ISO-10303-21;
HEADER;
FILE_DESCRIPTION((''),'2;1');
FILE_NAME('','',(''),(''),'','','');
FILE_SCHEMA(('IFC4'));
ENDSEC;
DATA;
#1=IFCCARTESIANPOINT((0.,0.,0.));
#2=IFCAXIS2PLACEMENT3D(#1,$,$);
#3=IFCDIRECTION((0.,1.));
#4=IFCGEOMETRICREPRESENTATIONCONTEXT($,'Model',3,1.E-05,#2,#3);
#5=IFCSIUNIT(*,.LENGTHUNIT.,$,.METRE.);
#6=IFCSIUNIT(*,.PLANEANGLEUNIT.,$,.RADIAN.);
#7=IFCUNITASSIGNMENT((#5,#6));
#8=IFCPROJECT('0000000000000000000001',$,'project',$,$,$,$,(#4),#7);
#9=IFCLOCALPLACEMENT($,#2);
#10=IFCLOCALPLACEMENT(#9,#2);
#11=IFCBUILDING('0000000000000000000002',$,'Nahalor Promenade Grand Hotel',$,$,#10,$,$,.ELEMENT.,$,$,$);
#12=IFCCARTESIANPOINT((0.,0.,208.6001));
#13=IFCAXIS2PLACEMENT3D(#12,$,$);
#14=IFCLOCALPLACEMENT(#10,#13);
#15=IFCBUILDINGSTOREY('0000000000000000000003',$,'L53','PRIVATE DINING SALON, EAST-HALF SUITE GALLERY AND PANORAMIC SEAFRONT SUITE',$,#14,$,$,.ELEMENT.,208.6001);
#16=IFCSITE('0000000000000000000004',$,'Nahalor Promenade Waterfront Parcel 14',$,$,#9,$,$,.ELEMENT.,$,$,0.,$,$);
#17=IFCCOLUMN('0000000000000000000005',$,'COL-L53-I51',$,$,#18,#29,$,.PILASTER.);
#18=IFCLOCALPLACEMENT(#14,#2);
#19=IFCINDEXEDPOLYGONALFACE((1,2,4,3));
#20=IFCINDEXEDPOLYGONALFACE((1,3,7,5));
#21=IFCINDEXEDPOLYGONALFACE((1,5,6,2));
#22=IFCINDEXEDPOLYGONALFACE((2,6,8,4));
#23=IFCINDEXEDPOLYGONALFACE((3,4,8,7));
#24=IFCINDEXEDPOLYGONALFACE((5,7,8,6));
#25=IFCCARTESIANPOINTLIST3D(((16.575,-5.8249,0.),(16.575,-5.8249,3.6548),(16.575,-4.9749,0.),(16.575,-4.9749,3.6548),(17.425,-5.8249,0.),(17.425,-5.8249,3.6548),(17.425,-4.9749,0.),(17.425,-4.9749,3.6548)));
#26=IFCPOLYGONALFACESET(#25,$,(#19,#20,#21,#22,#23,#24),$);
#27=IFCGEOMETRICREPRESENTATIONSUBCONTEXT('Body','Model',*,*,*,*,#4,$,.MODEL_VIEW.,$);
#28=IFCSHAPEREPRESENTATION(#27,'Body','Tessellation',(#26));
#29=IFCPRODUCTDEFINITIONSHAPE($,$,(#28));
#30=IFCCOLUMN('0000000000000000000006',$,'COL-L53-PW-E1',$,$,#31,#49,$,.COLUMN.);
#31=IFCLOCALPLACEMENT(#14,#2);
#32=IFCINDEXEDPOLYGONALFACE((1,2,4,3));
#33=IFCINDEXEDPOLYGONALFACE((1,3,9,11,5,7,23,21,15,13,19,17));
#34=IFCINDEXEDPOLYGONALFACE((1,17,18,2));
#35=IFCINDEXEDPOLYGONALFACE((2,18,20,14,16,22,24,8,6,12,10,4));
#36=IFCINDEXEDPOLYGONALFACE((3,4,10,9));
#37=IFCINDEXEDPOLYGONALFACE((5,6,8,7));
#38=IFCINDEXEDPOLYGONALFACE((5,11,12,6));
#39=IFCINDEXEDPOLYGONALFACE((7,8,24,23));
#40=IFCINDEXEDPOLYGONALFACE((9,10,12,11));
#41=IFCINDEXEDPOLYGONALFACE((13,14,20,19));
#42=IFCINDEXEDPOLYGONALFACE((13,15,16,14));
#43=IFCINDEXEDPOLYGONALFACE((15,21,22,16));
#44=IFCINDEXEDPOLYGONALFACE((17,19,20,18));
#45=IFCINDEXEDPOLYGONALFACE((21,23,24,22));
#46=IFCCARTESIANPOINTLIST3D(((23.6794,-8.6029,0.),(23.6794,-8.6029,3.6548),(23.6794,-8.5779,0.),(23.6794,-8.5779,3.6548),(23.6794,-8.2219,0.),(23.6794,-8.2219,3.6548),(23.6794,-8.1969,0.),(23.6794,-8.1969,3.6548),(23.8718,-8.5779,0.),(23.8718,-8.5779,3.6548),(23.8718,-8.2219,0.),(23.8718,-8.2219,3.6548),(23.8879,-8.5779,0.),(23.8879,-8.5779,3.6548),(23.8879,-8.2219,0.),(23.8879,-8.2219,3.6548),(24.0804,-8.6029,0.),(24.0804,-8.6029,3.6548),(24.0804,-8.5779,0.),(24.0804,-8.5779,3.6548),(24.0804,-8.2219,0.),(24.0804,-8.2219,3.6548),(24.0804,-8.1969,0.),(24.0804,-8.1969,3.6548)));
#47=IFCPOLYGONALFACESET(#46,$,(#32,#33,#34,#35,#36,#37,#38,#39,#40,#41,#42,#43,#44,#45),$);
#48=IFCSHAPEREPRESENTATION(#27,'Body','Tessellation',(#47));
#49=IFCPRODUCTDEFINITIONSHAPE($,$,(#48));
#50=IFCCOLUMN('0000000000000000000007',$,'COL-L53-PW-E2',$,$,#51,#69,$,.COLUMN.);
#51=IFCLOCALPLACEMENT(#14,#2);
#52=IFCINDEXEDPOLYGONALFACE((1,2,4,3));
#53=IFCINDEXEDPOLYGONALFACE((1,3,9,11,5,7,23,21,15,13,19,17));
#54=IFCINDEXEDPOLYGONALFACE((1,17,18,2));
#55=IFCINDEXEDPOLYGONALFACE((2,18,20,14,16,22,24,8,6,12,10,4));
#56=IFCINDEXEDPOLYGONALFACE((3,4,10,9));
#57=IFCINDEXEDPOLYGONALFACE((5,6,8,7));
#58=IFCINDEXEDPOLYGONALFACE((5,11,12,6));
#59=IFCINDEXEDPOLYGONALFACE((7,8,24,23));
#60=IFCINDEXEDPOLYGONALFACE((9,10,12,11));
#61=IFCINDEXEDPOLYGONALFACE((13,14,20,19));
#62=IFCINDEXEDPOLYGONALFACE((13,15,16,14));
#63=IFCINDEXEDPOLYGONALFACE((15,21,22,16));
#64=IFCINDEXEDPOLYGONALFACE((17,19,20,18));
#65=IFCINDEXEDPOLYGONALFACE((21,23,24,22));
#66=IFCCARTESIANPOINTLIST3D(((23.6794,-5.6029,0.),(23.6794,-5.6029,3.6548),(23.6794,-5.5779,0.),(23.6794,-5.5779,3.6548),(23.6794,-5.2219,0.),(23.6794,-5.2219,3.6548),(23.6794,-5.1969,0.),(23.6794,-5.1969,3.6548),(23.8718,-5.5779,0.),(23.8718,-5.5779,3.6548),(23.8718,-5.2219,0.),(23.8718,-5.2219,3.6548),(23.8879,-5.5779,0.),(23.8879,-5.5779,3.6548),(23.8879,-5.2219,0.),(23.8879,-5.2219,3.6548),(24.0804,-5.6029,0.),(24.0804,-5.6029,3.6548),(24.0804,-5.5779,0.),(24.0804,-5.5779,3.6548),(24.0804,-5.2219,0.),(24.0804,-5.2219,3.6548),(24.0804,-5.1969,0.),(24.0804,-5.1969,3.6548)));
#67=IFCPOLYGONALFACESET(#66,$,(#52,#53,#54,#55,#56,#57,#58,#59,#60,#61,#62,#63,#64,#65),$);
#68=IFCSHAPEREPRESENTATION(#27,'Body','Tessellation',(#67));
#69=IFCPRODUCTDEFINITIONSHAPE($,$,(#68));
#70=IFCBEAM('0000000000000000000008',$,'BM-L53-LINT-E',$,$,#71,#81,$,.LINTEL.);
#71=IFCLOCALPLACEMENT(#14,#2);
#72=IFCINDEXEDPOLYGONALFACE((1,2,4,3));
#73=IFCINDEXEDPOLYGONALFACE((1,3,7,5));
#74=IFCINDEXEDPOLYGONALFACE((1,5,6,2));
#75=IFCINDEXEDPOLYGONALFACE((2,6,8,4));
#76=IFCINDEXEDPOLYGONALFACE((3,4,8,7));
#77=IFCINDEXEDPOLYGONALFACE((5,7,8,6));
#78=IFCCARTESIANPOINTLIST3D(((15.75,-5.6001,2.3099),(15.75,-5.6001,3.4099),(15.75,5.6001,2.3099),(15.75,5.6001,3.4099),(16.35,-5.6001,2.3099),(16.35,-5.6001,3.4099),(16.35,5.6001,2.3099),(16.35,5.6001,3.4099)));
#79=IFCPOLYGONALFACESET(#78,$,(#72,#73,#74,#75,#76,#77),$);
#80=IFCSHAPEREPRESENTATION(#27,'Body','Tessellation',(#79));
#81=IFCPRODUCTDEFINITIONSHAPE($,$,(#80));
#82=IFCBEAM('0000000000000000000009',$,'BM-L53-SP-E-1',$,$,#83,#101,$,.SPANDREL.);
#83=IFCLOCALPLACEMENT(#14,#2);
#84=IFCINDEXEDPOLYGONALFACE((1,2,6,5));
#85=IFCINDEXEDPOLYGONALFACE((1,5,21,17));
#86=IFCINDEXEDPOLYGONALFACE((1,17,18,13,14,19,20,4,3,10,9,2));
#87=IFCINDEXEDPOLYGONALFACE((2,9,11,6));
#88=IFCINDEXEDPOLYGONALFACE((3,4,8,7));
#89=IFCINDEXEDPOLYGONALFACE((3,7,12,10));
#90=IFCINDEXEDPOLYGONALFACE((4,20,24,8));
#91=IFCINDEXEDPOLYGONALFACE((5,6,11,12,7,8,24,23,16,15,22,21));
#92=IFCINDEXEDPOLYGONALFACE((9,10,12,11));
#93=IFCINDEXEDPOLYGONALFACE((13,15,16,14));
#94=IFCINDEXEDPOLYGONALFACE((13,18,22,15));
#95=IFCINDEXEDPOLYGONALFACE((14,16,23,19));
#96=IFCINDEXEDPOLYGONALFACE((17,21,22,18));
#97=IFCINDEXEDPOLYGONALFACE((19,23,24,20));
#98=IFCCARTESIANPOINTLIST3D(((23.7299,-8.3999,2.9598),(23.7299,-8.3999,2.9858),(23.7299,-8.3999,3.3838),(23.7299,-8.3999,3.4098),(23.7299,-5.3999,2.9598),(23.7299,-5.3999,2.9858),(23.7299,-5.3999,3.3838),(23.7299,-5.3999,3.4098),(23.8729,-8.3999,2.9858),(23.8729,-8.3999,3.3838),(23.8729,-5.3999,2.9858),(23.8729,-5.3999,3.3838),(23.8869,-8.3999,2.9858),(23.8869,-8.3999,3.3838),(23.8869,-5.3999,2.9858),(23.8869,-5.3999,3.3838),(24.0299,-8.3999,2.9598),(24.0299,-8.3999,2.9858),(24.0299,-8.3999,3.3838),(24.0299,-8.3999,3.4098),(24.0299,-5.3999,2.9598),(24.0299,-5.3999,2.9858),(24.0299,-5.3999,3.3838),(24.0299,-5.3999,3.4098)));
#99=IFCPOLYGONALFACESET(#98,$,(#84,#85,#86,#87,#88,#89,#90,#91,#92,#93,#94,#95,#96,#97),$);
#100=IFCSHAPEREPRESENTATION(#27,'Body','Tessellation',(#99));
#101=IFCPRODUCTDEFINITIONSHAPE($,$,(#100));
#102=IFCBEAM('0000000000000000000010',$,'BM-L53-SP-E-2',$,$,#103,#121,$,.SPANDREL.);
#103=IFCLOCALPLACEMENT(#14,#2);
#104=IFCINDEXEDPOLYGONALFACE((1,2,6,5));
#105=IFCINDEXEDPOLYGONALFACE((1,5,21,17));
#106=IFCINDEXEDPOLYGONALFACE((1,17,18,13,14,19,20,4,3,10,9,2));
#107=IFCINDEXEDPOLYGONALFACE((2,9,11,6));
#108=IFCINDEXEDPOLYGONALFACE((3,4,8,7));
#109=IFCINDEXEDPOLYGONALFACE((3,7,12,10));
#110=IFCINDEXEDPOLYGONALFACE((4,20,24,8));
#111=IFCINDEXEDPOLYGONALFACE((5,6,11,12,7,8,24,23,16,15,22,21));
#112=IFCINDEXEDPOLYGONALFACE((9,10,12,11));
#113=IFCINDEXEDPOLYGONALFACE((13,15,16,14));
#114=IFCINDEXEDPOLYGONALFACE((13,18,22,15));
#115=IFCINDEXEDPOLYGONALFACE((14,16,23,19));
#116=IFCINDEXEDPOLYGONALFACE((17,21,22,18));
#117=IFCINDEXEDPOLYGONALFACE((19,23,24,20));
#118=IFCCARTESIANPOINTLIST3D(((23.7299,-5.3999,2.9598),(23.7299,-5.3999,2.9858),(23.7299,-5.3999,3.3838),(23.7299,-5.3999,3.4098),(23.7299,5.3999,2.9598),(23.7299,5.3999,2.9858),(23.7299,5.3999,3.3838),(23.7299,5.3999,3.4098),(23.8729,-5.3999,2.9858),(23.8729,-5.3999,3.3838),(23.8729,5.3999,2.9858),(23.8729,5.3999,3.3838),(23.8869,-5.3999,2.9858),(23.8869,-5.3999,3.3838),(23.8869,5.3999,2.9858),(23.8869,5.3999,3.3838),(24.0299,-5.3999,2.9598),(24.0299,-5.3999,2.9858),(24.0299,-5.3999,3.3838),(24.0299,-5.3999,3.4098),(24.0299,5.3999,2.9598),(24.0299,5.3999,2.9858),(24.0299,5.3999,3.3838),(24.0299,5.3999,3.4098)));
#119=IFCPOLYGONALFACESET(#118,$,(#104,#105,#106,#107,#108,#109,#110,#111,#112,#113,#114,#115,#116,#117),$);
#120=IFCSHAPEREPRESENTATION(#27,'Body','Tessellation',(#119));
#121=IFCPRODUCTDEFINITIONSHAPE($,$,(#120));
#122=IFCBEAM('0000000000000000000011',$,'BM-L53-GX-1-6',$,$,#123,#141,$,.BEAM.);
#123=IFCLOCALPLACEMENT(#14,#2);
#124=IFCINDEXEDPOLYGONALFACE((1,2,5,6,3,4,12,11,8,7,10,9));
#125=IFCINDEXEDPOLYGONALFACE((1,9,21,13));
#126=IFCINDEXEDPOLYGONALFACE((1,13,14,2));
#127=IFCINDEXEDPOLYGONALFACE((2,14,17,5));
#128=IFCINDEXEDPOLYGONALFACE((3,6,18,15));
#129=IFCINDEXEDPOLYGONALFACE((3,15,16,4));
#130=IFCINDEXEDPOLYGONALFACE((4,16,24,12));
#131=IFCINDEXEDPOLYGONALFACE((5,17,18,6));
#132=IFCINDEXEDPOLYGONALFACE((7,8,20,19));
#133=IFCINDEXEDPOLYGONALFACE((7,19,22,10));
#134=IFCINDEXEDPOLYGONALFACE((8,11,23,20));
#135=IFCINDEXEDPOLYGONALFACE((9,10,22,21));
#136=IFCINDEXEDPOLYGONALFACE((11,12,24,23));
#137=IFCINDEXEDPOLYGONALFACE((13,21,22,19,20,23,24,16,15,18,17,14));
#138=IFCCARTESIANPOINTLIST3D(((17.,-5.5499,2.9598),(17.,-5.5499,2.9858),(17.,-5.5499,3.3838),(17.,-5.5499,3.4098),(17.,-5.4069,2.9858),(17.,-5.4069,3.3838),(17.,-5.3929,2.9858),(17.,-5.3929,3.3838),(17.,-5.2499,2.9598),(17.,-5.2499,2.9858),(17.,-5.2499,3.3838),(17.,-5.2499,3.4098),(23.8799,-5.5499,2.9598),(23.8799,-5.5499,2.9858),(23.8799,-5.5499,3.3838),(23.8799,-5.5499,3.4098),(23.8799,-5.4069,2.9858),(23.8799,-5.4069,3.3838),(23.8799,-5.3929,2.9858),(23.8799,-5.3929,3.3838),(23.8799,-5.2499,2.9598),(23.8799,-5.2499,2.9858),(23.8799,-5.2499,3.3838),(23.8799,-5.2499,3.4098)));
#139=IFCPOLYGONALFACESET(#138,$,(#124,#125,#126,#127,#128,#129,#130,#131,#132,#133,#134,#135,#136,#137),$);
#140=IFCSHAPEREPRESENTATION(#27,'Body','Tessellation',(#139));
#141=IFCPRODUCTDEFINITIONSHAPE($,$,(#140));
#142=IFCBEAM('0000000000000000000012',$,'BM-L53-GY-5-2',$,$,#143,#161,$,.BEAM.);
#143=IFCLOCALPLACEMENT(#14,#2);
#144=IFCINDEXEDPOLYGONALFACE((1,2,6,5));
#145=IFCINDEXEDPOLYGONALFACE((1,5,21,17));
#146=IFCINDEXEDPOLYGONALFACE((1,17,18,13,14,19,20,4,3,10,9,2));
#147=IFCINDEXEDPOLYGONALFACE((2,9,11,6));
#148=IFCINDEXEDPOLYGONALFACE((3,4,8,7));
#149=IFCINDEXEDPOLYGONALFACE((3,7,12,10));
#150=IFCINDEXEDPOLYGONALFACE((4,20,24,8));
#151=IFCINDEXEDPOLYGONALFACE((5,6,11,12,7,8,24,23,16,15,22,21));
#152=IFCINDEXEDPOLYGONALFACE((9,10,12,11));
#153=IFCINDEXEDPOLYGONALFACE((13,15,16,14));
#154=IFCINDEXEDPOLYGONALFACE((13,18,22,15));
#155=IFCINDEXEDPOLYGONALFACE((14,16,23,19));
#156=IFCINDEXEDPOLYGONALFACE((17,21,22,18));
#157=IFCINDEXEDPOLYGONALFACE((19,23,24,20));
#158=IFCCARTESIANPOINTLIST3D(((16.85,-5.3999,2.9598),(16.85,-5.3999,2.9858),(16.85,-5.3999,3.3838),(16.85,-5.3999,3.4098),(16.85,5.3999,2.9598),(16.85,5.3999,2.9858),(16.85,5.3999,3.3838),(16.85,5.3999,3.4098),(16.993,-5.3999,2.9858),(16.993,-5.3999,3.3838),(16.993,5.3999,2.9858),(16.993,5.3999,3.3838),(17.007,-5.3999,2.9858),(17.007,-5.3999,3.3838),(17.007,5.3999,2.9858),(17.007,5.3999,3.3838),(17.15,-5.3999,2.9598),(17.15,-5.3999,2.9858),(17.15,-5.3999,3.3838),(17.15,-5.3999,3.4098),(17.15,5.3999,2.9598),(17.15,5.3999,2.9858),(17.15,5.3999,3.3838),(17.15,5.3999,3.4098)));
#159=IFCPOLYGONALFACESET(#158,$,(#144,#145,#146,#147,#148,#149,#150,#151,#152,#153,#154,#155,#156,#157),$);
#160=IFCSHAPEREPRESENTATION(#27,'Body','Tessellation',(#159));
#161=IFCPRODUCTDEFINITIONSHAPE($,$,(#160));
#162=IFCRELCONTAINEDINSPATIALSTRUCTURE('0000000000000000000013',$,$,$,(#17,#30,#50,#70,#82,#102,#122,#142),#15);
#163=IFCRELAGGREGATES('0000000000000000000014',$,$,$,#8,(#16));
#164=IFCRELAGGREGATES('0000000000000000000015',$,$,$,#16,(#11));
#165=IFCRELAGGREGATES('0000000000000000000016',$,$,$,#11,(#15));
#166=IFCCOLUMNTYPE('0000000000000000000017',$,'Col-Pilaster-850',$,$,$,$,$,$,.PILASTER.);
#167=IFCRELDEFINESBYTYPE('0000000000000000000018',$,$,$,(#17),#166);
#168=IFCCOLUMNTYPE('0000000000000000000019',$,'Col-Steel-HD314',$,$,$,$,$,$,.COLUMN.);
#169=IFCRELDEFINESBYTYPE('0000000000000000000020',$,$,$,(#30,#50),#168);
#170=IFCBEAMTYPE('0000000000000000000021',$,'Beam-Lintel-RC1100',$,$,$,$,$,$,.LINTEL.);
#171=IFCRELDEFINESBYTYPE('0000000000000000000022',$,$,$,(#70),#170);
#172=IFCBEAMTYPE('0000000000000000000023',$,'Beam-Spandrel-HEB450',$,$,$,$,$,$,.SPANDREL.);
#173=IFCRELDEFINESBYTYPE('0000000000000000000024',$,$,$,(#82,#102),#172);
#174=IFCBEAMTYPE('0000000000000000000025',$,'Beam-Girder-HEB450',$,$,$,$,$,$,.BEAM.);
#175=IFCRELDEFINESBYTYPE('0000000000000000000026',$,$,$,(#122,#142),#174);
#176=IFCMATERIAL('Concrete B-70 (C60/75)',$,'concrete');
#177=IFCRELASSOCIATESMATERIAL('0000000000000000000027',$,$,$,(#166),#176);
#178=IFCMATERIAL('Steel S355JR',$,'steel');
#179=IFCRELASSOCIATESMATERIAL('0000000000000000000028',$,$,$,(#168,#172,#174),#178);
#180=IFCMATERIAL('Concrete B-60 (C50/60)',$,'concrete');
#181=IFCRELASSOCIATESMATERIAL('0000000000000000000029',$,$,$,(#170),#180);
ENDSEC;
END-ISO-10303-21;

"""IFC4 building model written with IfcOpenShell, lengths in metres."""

from ifc_helpers import new_model, si_unit, direction, frame, origin, origin_2d, place, context, subcontext, project, spatial, rectangle, i_section, extrude, source, transform, mapped, material, material_profile, profile_set, type_object, element, save


model = new_model("IFC4")

# Units and contexts
model_context = context("Model", 3, precision=1e-05, world=origin(), true_north=direction((0.0, 1.0)))
body_context = subcontext(model_context, "Body", "Model", "MODEL_VIEW")
ifc_project = project(units=[si_unit("LENGTHUNIT", "METRE"), si_unit("PLANEANGLEUNIT", "RADIAN")], contexts=[model_context])

# Site, building, storey
site_placement = place(None, origin())
site = spatial("IfcSite", under=ifc_project, at=site_placement, Name="Nahalor Promenade Waterfront Parcel 14", CompositionType="ELEMENT", RefElevation=0.0)
building_placement = place(site_placement, origin())
building = spatial("IfcBuilding", under=site, at=building_placement, Name="Nahalor Promenade Grand Hotel", CompositionType="ELEMENT")
storey_placement = place(building_placement, frame((0.0, 0.0, 208.6001)))
storey = spatial("IfcBuildingStorey", under=building, at=storey_placement, Name="L53", Description="PRIVATE DINING SALON, EAST-HALF SUITE GALLERY AND PANORAMIC SEAFRONT SUITE", CompositionType="ELEMENT", Elevation=208.6001)

# Columns
ifc_material_1 = material(Name="Concrete B-70 (C60/75)", Category="concrete")
ifc_material_profile_1 = material_profile(ifc_material_1, rectangle(XDim=0.85, YDim=0.85, at=origin_2d()), Name="RC 850x850")
ifc_profile_set_1 = profile_set([ifc_material_profile_1], Name="Concrete B-70 (C60/75)")
column_type_1 = type_object("IfcColumnType", Name="Col-Pilaster-850", PredefinedType="PILASTER", material=ifc_profile_set_1)
shared_shape_1 = source(origin(), body_context, "Body", "SweptSolid", [
    extrude(rectangle(XDim=0.85, YDim=0.85, at=origin_2d()), origin(), (0.0, 0.0, 1.0), 3.6548),
])
column_placement = place(storey_placement, frame((17.0, -5.3999, 0.0), z_axis=(0.0, 0.0, 1.0), x_axis=(1.0, 0.0, 0.0)))
element("IfcColumn", 1, at=column_placement, inside=storey, type_object=column_type_1, Name="COL-L53-I51", PredefinedType="PILASTER", context=body_context, shape_type="MappedRepresentation", body=[
    mapped(shared_shape_1, transform((0.0, 0.0, 0.0), scale=1.0)),
])
ifc_material_2 = material(Name="Steel S355JR", Category="steel")
ifc_material_profile_2 = material_profile(ifc_material_2, i_section(OverallWidth=0.401, OverallDepth=0.406, WebThickness=0.0161, FlangeThickness=0.025, at=origin_2d()), Name="HD 400x314")
ifc_profile_set_2 = profile_set([ifc_material_profile_2], Name="Steel S355JR")
column_type_2 = type_object("IfcColumnType", Name="Col-Steel-HD314", PredefinedType="COLUMN", material=ifc_profile_set_2)
shared_shape_2 = source(origin(), body_context, "Body", "SweptSolid", [
    extrude(i_section(OverallWidth=0.401, OverallDepth=0.406, WebThickness=0.0161, FlangeThickness=0.025, at=origin_2d()), origin(), (0.0, 0.0, 1.0), 3.6548),
])
for number, where, z_axis, x_axis, name in (
    (2, (23.8799, -8.3999, 0.0), (0.0, 0.0, 1.0), (1.0, 0.0, 0.0), "COL-L53-PW-E1"),
    (3, (23.8799, -5.3999, 0.0), (0.0, 0.0, 1.0), (1.0, 0.0, 0.0), "COL-L53-PW-E2"),
):
    element("IfcColumn", number, at=place(storey_placement, frame(where, z_axis=z_axis, x_axis=x_axis)), inside=storey, type_object=column_type_2, Name=name, PredefinedType="COLUMN", context=body_context, shape_type="MappedRepresentation", body=[
        mapped(shared_shape_2, transform((0.0, 0.0, 0.0), scale=1.0)),
    ])

# Beams
ifc_material_3 = material(Name="Concrete B-60 (C50/60)", Category="concrete")
ifc_material_profile_3 = material_profile(ifc_material_3, rectangle(XDim=0.6, YDim=1.1, at=origin_2d()), Name="RC 600x1100")
ifc_profile_set_3 = profile_set([ifc_material_profile_3], Name="Concrete B-60 (C50/60)")
beam_type_1 = type_object("IfcBeamType", Name="Beam-Lintel-RC1100", PredefinedType="LINTEL", material=ifc_profile_set_3)
shared_shape_3 = source(origin(), body_context, "Body", "SweptSolid", [
    extrude(rectangle(XDim=0.6, YDim=1.1, at=origin_2d()), origin(), (0.0, 0.0, 1.0), 11.2002),
])
beam_1_placement = place(storey_placement, frame((16.05, -5.6001, 2.8599), z_axis=(0.0, 1.0, 0.0), x_axis=(-1.0, 0.0, 0.0)))
element("IfcBeam", 4, at=beam_1_placement, inside=storey, type_object=beam_type_1, Name="BM-L53-LINT-E", PredefinedType="LINTEL", context=body_context, shape_type="MappedRepresentation", body=[
    mapped(shared_shape_3, transform((0.0, 0.0, 0.0), scale=1.0)),
])
ifc_material_profile_4 = material_profile(ifc_material_2, i_section(OverallWidth=0.3, OverallDepth=0.45, WebThickness=0.014, FlangeThickness=0.026, at=origin_2d()), Name="HEB 450")
ifc_profile_set_4 = profile_set([ifc_material_profile_4], Name="Steel S355JR")
beam_type_2 = type_object("IfcBeamType", Name="Beam-Spandrel-HEB450", PredefinedType="SPANDREL", material=ifc_profile_set_4)
shared_shape_4 = source(origin(), body_context, "Body", "SweptSolid", [
    extrude(i_section(OverallWidth=0.3, OverallDepth=0.45, WebThickness=0.014, FlangeThickness=0.026, at=origin_2d()), origin(), (0.0, 0.0, 1.0), 3.0),
])
beam_2_placement = place(storey_placement, frame((23.8799, -8.3999, 3.1848), z_axis=(0.0, 1.0, 0.0), x_axis=(-1.0, 0.0, 0.0)))
element("IfcBeam", 5, at=beam_2_placement, inside=storey, type_object=beam_type_2, Name="BM-L53-SP-E-1", PredefinedType="SPANDREL", context=body_context, shape_type="MappedRepresentation", body=[
    mapped(shared_shape_4, transform((0.0, 0.0, 0.0), scale=1.0)),
])
shared_shape_5 = source(origin(), body_context, "Body", "SweptSolid", [
    extrude(i_section(OverallWidth=0.3, OverallDepth=0.45, WebThickness=0.014, FlangeThickness=0.026, at=origin_2d()), origin(), (0.0, 0.0, 1.0), 10.7998),
])
beam_3_placement = place(storey_placement, frame((23.8799, -5.3999, 3.1848), z_axis=(0.0, 1.0, 0.0), x_axis=(-1.0, 0.0, 0.0)))
element("IfcBeam", 6, at=beam_3_placement, inside=storey, type_object=beam_type_2, Name="BM-L53-SP-E-2", PredefinedType="SPANDREL", context=body_context, shape_type="MappedRepresentation", body=[
    mapped(shared_shape_5, transform((0.0, 0.0, 0.0), scale=1.0)),
])
ifc_material_profile_5 = material_profile(ifc_material_2, i_section(OverallWidth=0.3, OverallDepth=0.45, WebThickness=0.014, FlangeThickness=0.026, at=origin_2d()), Name="HEB 450")
ifc_profile_set_5 = profile_set([ifc_material_profile_5], Name="Steel S355JR")
beam_type_3 = type_object("IfcBeamType", Name="Beam-Girder-HEB450", PredefinedType="BEAM", material=ifc_profile_set_5)
shared_shape_6 = source(origin(), body_context, "Body", "SweptSolid", [
    extrude(i_section(OverallWidth=0.3, OverallDepth=0.45, WebThickness=0.014, FlangeThickness=0.026, at=origin_2d()), origin(), (0.0, 0.0, 1.0), 6.8799),
])
beam_4_placement = place(storey_placement, frame((17.0, -5.3999, 3.1848), z_axis=(1.0, 0.0, 0.0), x_axis=(0.0, 1.0, 0.0)))
element("IfcBeam", 7, at=beam_4_placement, inside=storey, type_object=beam_type_3, Name="BM-L53-GX-1-6", PredefinedType="BEAM", context=body_context, shape_type="MappedRepresentation", body=[
    mapped(shared_shape_6, transform((0.0, 0.0, 0.0), scale=1.0)),
])
shared_shape_7 = source(origin(), body_context, "Body", "SweptSolid", [
    extrude(i_section(OverallWidth=0.3, OverallDepth=0.45, WebThickness=0.014, FlangeThickness=0.026, at=origin_2d()), origin(), (0.0, 0.0, 1.0), 10.7998),
])
beam_5_placement = place(storey_placement, frame((17.0, -5.3999, 3.1848), z_axis=(0.0, 1.0, 0.0), x_axis=(-1.0, 0.0, 0.0)))
element("IfcBeam", 8, at=beam_5_placement, inside=storey, type_object=beam_type_3, Name="BM-L53-GY-5-2", PredefinedType="BEAM", context=body_context, shape_type="MappedRepresentation", body=[
    mapped(shared_shape_7, transform((0.0, 0.0, 0.0), scale=1.0)),
])

save(model, "model.ifc")
